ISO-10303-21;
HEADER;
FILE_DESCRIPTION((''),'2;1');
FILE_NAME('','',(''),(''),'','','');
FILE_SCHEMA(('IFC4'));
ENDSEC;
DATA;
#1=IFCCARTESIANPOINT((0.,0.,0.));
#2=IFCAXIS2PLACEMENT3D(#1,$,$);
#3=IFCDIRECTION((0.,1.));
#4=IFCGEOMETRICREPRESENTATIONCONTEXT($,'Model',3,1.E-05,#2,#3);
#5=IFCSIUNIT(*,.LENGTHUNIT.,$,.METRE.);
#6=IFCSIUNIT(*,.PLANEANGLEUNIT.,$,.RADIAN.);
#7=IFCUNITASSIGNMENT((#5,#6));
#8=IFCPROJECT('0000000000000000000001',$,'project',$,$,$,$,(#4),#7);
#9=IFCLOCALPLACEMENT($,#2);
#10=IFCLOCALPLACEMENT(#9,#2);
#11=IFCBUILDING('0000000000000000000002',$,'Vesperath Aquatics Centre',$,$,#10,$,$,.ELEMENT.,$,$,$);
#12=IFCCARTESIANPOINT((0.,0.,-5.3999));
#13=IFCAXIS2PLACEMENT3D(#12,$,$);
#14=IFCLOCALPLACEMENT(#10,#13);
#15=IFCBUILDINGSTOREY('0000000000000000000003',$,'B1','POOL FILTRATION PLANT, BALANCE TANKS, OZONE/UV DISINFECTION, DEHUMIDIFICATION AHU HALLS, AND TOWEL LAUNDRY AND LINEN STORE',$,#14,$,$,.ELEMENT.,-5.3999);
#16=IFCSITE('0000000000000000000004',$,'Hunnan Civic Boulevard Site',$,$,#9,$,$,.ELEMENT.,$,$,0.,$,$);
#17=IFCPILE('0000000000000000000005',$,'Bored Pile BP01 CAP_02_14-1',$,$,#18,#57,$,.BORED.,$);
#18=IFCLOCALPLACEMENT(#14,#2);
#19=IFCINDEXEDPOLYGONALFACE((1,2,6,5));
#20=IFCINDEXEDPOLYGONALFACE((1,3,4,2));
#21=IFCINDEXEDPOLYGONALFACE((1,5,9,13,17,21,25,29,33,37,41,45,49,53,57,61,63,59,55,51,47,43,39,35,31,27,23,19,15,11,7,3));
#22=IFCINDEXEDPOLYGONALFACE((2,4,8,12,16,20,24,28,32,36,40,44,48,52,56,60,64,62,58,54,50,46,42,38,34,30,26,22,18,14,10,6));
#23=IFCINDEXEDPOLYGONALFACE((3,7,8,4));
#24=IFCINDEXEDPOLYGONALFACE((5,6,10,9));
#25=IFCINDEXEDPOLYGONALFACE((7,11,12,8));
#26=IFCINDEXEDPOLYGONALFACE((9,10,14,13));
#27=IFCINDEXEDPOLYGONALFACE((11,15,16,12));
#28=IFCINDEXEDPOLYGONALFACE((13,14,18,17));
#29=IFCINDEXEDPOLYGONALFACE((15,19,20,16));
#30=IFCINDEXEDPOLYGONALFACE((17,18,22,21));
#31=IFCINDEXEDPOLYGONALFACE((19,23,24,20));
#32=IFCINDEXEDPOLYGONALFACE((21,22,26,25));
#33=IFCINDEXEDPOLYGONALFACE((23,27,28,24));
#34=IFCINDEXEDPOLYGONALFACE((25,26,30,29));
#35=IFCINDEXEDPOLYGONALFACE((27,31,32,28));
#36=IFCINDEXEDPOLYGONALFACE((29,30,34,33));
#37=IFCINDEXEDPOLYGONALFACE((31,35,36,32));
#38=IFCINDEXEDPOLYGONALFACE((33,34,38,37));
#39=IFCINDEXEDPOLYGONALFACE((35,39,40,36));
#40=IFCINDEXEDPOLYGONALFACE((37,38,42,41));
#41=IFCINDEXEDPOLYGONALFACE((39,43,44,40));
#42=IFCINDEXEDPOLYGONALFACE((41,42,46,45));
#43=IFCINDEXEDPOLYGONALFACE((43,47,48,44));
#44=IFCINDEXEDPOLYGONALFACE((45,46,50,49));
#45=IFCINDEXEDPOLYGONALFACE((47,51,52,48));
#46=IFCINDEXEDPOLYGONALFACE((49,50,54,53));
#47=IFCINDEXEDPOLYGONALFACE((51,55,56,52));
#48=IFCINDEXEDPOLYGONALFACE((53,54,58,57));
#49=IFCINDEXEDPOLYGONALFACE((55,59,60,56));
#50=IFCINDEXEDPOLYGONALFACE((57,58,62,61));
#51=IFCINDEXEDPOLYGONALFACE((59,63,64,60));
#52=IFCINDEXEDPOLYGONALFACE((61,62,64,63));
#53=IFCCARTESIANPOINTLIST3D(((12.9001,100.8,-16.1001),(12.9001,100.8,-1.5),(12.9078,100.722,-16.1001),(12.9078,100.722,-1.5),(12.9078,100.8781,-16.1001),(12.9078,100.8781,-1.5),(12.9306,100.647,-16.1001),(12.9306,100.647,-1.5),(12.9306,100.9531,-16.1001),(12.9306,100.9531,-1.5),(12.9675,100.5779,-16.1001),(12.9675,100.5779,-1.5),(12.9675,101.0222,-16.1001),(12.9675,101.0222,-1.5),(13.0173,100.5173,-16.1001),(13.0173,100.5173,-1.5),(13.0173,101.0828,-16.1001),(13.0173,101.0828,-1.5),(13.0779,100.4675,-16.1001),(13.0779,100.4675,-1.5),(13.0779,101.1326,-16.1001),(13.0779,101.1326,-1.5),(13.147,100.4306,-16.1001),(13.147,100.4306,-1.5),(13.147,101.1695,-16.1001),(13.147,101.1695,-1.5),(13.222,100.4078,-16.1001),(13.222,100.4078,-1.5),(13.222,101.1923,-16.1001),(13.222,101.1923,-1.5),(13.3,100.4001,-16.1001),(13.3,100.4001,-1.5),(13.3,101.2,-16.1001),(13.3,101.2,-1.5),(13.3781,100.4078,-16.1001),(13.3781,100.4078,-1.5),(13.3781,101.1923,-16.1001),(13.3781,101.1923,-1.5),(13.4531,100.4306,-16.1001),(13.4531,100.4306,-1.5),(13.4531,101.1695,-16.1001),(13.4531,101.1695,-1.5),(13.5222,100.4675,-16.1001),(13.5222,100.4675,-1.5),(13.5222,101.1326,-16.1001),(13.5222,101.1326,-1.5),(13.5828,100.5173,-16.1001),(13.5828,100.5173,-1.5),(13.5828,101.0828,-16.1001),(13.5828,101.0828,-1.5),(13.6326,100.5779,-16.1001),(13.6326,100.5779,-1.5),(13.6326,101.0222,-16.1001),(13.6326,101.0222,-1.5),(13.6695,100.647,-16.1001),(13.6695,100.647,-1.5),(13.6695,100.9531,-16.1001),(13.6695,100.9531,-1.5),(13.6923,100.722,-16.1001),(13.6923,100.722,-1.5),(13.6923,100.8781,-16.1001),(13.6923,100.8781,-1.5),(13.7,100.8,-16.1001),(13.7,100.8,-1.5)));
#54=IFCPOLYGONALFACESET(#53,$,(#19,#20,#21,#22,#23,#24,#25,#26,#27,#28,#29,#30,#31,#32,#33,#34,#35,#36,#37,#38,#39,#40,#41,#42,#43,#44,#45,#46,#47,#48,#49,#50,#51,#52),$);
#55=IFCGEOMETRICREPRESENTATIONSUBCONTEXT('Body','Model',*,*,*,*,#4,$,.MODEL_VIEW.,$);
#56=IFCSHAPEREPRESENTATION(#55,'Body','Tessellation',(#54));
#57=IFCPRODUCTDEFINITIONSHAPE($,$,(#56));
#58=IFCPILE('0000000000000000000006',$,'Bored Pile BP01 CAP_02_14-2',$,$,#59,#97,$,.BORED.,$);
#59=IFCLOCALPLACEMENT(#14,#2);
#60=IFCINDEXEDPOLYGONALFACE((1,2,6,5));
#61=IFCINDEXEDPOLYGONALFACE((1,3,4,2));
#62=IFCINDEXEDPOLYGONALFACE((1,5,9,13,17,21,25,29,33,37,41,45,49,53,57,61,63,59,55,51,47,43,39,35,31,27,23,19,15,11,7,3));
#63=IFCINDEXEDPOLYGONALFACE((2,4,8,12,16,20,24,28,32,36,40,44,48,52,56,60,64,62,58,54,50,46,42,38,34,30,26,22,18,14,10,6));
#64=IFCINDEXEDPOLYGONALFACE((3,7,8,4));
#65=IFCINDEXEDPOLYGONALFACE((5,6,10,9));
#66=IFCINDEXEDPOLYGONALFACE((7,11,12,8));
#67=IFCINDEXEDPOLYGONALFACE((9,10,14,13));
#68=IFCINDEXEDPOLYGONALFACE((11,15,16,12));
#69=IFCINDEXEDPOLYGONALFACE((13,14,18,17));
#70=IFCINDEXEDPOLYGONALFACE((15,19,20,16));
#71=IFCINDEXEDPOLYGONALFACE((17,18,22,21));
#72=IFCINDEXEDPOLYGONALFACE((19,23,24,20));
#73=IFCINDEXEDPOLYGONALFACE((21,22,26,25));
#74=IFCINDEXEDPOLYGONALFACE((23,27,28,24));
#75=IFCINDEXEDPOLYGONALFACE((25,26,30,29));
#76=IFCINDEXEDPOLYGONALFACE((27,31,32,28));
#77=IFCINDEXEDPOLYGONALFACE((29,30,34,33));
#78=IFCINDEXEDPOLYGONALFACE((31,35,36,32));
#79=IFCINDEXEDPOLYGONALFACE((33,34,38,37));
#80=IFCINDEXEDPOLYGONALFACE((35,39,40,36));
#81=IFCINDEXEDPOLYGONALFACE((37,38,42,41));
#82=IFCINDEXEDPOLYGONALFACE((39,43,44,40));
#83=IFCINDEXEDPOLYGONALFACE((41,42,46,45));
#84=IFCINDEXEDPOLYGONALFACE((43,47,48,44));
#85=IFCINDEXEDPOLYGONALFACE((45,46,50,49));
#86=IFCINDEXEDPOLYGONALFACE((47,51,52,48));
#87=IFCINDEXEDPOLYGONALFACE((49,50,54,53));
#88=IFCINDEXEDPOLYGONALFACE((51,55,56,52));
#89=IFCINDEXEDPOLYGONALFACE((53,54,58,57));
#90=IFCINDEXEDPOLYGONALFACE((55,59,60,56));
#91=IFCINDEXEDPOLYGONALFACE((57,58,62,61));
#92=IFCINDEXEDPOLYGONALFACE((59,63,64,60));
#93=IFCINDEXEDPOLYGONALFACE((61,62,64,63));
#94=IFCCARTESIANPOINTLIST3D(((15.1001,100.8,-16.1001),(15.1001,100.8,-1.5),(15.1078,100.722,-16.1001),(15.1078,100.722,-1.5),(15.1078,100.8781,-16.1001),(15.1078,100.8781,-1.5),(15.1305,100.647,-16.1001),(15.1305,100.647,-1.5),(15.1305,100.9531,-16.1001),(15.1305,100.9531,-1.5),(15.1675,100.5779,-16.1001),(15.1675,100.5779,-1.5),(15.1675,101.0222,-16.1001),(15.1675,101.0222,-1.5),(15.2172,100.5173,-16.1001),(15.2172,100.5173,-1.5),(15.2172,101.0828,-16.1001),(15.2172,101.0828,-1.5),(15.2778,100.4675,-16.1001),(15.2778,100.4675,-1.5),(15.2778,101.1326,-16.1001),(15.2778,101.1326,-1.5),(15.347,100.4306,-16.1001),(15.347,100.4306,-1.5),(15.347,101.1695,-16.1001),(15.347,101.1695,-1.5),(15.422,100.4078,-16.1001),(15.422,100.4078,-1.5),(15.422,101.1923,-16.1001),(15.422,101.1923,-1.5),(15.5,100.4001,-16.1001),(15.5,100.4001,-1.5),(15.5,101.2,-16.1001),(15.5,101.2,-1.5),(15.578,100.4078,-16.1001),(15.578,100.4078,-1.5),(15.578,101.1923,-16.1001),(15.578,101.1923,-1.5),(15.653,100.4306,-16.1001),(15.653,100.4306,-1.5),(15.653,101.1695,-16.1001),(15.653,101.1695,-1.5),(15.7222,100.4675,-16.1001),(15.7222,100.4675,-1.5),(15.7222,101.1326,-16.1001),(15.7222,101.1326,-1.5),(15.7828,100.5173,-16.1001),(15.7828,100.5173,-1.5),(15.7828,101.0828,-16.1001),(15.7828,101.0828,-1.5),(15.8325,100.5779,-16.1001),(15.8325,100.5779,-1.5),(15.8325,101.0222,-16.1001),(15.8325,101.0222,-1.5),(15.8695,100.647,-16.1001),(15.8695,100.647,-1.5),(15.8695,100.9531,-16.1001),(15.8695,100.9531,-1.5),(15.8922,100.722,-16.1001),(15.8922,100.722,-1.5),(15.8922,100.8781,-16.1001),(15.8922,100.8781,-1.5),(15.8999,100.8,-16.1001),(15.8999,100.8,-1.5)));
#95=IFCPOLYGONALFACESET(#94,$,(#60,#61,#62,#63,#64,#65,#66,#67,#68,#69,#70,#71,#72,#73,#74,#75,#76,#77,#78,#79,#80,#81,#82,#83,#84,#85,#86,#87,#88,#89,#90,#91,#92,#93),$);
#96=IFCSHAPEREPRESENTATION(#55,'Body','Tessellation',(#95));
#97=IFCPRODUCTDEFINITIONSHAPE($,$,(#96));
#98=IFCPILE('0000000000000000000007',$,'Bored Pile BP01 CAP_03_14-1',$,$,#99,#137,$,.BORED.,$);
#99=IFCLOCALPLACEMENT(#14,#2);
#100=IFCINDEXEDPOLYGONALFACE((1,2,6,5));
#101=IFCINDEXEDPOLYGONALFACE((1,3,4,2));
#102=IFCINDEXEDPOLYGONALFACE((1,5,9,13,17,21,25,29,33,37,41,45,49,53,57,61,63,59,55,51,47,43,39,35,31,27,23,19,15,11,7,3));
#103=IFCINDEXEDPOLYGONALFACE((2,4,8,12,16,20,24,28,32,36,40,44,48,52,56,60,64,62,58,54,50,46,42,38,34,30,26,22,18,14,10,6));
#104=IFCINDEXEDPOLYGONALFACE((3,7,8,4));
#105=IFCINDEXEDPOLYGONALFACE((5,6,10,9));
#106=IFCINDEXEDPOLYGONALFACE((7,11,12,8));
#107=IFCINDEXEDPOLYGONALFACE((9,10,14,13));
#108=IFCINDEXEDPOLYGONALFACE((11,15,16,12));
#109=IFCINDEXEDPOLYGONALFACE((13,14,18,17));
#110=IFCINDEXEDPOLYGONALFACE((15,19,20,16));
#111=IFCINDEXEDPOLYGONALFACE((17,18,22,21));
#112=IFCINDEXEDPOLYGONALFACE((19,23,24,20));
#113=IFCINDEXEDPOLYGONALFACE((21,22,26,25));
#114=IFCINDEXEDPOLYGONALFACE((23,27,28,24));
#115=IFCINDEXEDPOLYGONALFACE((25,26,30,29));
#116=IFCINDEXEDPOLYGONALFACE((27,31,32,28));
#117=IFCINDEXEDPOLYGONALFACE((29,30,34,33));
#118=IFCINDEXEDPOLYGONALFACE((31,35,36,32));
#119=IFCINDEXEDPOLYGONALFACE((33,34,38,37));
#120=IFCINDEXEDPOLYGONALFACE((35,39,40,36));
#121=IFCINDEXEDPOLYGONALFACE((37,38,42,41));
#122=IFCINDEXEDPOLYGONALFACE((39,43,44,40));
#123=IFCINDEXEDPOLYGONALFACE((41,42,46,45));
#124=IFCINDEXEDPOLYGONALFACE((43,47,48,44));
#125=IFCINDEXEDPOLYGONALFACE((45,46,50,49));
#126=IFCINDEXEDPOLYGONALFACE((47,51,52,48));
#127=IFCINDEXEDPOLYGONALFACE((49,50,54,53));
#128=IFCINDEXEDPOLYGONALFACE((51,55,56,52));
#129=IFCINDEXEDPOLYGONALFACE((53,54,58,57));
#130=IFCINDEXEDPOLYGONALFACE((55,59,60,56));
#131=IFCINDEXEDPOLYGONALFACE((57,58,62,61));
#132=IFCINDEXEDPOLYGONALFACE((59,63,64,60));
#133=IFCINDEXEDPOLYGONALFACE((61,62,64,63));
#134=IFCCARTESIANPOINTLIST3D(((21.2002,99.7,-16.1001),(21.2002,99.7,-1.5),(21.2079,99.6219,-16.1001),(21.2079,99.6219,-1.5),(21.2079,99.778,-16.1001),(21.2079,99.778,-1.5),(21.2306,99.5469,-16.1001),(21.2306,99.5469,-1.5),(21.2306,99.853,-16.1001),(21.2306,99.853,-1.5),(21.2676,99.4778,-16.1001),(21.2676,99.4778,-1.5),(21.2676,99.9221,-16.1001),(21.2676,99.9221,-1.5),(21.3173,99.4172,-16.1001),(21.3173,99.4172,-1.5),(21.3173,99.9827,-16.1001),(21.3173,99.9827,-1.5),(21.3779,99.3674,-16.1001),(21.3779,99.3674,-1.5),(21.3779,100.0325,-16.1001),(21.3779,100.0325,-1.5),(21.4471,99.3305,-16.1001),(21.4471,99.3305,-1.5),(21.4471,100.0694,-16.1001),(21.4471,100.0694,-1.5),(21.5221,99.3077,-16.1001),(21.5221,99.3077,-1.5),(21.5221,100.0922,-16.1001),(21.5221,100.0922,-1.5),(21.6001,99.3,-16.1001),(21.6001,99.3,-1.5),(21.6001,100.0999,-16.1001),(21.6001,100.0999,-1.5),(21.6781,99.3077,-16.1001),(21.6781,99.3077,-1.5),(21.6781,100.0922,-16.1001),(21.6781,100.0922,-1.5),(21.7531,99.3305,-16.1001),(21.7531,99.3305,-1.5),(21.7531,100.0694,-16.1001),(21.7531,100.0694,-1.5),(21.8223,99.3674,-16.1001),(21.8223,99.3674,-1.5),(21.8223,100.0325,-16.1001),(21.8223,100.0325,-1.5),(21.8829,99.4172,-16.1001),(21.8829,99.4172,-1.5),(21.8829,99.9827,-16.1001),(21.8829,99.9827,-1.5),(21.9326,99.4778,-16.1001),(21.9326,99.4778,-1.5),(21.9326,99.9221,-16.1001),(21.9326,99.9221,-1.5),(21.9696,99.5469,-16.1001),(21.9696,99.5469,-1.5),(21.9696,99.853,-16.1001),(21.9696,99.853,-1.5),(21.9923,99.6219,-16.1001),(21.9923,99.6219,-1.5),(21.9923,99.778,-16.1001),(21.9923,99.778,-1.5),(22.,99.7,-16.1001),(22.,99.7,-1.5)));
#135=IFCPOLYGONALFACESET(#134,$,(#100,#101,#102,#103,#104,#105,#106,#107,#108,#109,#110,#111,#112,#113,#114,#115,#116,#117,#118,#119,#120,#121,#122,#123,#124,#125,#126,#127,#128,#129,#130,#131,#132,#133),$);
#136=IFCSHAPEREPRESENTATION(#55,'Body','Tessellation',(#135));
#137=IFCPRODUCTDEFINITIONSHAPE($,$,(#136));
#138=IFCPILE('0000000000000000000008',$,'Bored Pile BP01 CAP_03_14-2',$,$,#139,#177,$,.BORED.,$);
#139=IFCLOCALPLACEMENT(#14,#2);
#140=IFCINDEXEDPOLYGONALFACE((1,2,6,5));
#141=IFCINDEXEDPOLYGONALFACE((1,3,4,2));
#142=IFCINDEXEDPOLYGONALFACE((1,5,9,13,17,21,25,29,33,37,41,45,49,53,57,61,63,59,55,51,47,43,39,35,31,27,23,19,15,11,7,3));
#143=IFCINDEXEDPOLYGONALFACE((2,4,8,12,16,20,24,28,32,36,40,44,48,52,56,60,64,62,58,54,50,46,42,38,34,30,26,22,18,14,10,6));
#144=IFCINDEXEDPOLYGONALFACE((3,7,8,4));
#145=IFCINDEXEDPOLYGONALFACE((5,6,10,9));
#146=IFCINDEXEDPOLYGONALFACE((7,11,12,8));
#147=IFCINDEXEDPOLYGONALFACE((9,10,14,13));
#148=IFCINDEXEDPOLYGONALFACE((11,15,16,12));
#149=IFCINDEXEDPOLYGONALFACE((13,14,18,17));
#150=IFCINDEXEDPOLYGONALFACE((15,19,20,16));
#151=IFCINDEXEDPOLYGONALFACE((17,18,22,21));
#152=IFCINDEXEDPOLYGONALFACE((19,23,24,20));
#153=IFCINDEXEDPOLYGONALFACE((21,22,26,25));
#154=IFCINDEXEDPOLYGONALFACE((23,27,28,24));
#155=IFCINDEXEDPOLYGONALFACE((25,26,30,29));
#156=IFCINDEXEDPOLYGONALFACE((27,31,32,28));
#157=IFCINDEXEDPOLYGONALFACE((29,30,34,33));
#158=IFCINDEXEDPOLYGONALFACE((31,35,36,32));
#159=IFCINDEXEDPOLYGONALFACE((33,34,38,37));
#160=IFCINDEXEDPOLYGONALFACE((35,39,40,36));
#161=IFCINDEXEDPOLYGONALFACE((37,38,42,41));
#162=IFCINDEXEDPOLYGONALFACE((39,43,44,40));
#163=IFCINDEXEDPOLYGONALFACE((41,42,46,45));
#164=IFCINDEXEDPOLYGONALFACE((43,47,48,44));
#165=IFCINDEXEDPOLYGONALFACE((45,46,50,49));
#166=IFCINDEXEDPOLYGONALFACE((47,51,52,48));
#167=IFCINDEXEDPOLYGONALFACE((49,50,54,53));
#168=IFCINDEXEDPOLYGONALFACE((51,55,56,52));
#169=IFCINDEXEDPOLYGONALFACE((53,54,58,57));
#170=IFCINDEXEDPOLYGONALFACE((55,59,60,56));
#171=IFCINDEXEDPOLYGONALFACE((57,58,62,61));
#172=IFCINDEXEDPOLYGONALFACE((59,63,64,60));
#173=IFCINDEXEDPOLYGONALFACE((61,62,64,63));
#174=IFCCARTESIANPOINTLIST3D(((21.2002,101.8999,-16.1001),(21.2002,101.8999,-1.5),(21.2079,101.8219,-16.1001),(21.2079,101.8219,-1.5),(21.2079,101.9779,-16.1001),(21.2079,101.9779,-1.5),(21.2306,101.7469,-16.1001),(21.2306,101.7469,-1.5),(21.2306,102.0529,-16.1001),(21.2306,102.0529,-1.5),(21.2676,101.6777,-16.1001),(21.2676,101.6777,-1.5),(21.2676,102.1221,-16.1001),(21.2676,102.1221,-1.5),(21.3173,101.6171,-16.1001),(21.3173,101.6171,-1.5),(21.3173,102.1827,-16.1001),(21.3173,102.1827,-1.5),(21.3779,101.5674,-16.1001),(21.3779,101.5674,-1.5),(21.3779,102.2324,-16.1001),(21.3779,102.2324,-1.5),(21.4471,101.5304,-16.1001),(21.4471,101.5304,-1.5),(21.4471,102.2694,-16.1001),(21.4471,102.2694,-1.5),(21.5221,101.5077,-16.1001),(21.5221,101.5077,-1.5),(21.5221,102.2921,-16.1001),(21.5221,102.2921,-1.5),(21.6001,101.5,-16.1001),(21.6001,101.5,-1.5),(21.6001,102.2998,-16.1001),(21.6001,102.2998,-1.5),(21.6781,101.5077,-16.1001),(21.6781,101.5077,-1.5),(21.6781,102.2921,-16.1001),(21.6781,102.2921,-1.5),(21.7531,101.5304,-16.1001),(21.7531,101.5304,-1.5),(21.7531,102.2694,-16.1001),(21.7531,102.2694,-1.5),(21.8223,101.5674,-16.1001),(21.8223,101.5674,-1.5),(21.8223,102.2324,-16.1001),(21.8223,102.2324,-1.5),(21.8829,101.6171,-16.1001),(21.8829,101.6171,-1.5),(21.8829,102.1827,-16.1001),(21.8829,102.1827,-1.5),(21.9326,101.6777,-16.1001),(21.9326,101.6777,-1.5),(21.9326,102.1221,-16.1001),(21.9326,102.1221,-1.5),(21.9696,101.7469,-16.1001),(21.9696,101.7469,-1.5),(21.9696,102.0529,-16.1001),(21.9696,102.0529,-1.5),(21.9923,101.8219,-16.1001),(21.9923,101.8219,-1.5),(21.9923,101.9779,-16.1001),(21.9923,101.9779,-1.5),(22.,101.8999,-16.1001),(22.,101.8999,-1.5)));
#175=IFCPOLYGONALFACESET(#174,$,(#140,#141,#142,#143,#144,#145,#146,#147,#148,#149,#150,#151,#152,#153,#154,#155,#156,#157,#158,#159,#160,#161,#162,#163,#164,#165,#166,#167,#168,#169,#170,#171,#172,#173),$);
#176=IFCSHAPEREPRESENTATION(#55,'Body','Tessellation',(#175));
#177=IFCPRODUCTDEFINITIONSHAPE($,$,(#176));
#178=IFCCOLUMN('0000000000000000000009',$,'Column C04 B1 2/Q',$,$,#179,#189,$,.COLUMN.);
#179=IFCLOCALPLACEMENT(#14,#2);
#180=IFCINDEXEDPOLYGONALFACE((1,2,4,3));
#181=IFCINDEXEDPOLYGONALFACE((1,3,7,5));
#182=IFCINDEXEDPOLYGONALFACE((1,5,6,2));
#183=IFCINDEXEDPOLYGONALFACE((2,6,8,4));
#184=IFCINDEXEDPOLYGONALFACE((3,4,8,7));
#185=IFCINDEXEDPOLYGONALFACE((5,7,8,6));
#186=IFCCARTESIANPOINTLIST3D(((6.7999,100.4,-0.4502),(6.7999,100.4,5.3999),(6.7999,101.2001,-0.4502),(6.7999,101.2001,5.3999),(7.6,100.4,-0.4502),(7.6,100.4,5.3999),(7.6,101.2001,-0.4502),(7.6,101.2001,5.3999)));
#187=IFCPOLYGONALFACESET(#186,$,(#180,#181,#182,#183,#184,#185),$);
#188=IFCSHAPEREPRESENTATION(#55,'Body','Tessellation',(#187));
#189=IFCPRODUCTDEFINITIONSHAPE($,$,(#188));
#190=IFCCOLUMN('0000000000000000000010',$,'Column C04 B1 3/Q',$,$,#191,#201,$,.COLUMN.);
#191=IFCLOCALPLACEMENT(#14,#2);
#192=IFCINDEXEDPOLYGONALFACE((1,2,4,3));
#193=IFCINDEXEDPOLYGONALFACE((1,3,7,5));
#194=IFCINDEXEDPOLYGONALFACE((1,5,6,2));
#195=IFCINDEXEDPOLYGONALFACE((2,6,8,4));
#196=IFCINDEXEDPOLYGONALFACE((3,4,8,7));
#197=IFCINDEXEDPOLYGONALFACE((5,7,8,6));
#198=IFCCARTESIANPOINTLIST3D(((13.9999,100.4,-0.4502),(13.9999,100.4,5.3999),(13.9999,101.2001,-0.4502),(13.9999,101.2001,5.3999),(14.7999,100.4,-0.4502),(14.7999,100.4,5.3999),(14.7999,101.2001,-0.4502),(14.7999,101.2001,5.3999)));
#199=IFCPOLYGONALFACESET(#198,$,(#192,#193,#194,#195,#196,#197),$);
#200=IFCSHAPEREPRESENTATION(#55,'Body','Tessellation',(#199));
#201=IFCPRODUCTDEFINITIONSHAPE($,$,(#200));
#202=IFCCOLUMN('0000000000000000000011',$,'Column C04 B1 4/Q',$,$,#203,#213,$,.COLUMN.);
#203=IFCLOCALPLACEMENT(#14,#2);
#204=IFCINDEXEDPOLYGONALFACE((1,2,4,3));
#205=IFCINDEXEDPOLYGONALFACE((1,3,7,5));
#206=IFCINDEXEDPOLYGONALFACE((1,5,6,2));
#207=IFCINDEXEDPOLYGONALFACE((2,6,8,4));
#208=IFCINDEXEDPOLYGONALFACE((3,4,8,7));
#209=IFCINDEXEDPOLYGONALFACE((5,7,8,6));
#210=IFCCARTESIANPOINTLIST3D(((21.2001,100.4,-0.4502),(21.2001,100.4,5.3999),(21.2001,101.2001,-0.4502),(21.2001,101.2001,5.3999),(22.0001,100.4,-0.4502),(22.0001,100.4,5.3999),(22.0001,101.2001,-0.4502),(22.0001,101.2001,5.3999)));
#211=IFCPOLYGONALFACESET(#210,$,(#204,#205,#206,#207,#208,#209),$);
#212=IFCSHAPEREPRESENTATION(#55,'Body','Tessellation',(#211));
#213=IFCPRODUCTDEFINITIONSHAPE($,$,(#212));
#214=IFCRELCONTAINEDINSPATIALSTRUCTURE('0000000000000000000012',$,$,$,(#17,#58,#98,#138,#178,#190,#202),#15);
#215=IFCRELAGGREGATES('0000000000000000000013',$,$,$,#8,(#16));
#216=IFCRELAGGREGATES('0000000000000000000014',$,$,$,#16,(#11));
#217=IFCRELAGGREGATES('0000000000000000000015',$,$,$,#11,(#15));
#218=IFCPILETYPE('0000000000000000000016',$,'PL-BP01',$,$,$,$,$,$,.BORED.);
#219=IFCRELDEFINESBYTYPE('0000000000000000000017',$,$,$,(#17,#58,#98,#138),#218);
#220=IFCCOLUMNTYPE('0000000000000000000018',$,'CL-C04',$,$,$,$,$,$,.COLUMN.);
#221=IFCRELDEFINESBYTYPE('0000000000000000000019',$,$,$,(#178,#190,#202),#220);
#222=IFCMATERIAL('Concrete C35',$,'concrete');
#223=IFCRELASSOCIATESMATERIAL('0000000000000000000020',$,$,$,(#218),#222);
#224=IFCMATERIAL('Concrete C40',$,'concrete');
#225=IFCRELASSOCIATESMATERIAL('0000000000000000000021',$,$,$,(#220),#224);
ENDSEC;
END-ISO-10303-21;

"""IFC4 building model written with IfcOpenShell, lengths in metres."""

from ifc_helpers import new_model, si_unit, direction, frame, origin, origin_2d, place, context, subcontext, project, spatial, rectangle, circle, extrude, material, material_profile, profile_set, type_object, element, save


model = new_model("IFC4")

# Units and contexts
model_context = context("Model", 3, precision=1e-05, world=origin(), true_north=direction((0.0, 1.0)))
body_context = subcontext(model_context, "Body", "Model", "MODEL_VIEW")
ifc_project = project(units=[si_unit("LENGTHUNIT", "METRE"), si_unit("PLANEANGLEUNIT", "RADIAN")], contexts=[model_context])

# Site, building, storey
site_placement = place(None, origin())
site = spatial("IfcSite", under=ifc_project, at=site_placement, Name="Hunnan Civic Boulevard Site", CompositionType="ELEMENT", RefElevation=0.0)
building_placement = place(site_placement, origin())
building = spatial("IfcBuilding", under=site, at=building_placement, Name="Vesperath Aquatics Centre", CompositionType="ELEMENT")
storey_placement = place(building_placement, frame((0.0, 0.0, -5.3999)))
storey = spatial("IfcBuildingStorey", under=building, at=storey_placement, Name="B1", Description="POOL FILTRATION PLANT, BALANCE TANKS, OZONE/UV DISINFECTION, DEHUMIDIFICATION AHU HALLS, AND TOWEL LAUNDRY AND LINEN STORE", CompositionType="ELEMENT", Elevation=-5.3999)

# Shared definitions
ifc_material_1 = material(Name="Concrete C40", Category="concrete")

# Piles
ifc_material_2 = material(Name="Concrete C35", Category="concrete")
ifc_material_profile_1 = material_profile(ifc_material_2, circle(Radius=0.3999, at=origin_2d()), Name="PILE D800")
ifc_profile_set_1 = profile_set([ifc_material_profile_1], Name="Concrete C35")
pile_type = type_object("IfcPileType", Name="PL-BP01", PredefinedType="BORED", material=ifc_profile_set_1)
for number, where, z_axis, x_axis, name in (
    (1, (13.3, 100.8, -1.5), (0.0, 0.0, -1.0), (1.0, 0.0, 0.0), "Bored Pile BP01 CAP_02_14-1"),
    (2, (15.5, 100.8, -1.5), (0.0, 0.0, -1.0), (1.0, 0.0, 0.0), "Bored Pile BP01 CAP_02_14-2"),
    (3, (21.6001, 99.7, -1.5), (0.0, 0.0, -1.0), (1.0, 0.0, 0.0), "Bored Pile BP01 CAP_03_14-1"),
    (4, (21.6001, 101.8999, -1.5), (0.0, 0.0, -1.0), (1.0, 0.0, 0.0), "Bored Pile BP01 CAP_03_14-2"),
):
    element("IfcPile", number, at=place(storey_placement, frame(where, z_axis=z_axis, x_axis=x_axis)), inside=storey, type_object=pile_type, Name=name, PredefinedType="BORED", context=body_context, shape_type="SweptSolid", body=[
        extrude(circle(Radius=0.3999, at=origin_2d()), origin(), (0.0, 0.0, 1.0), 14.6001),
    ])

# Columns
ifc_material_profile_2 = material_profile(ifc_material_1, rectangle(XDim=0.8, YDim=0.8, at=origin_2d()), Name="RC 800x800")
ifc_profile_set_2 = profile_set([ifc_material_profile_2], Name="Concrete C40")
column_type = type_object("IfcColumnType", Name="CL-C04", PredefinedType="COLUMN", material=ifc_profile_set_2)
for number, where, z_axis, x_axis, name in (
    (5, (7.2, 100.8, -0.4502), (0.0, 0.0, 1.0), (1.0, 0.0, 0.0), "Column C04 B1 2/Q"),
    (6, (14.3999, 100.8, -0.4502), (0.0, 0.0, 1.0), (1.0, 0.0, 0.0), "Column C04 B1 3/Q"),
    (7, (21.6001, 100.8, -0.4502), (0.0, 0.0, 1.0), (1.0, 0.0, 0.0), "Column C04 B1 4/Q"),
):
    element("IfcColumn", number, at=place(storey_placement, frame(where, z_axis=z_axis, x_axis=x_axis)), inside=storey, type_object=column_type, Name=name, PredefinedType="COLUMN", context=body_context, shape_type="SweptSolid", body=[
        extrude(rectangle(XDim=0.8, YDim=0.8, at=origin_2d()), origin(), (0.0, 0.0, 1.0), 5.8501),
    ])

save(model, "model.ifc")
